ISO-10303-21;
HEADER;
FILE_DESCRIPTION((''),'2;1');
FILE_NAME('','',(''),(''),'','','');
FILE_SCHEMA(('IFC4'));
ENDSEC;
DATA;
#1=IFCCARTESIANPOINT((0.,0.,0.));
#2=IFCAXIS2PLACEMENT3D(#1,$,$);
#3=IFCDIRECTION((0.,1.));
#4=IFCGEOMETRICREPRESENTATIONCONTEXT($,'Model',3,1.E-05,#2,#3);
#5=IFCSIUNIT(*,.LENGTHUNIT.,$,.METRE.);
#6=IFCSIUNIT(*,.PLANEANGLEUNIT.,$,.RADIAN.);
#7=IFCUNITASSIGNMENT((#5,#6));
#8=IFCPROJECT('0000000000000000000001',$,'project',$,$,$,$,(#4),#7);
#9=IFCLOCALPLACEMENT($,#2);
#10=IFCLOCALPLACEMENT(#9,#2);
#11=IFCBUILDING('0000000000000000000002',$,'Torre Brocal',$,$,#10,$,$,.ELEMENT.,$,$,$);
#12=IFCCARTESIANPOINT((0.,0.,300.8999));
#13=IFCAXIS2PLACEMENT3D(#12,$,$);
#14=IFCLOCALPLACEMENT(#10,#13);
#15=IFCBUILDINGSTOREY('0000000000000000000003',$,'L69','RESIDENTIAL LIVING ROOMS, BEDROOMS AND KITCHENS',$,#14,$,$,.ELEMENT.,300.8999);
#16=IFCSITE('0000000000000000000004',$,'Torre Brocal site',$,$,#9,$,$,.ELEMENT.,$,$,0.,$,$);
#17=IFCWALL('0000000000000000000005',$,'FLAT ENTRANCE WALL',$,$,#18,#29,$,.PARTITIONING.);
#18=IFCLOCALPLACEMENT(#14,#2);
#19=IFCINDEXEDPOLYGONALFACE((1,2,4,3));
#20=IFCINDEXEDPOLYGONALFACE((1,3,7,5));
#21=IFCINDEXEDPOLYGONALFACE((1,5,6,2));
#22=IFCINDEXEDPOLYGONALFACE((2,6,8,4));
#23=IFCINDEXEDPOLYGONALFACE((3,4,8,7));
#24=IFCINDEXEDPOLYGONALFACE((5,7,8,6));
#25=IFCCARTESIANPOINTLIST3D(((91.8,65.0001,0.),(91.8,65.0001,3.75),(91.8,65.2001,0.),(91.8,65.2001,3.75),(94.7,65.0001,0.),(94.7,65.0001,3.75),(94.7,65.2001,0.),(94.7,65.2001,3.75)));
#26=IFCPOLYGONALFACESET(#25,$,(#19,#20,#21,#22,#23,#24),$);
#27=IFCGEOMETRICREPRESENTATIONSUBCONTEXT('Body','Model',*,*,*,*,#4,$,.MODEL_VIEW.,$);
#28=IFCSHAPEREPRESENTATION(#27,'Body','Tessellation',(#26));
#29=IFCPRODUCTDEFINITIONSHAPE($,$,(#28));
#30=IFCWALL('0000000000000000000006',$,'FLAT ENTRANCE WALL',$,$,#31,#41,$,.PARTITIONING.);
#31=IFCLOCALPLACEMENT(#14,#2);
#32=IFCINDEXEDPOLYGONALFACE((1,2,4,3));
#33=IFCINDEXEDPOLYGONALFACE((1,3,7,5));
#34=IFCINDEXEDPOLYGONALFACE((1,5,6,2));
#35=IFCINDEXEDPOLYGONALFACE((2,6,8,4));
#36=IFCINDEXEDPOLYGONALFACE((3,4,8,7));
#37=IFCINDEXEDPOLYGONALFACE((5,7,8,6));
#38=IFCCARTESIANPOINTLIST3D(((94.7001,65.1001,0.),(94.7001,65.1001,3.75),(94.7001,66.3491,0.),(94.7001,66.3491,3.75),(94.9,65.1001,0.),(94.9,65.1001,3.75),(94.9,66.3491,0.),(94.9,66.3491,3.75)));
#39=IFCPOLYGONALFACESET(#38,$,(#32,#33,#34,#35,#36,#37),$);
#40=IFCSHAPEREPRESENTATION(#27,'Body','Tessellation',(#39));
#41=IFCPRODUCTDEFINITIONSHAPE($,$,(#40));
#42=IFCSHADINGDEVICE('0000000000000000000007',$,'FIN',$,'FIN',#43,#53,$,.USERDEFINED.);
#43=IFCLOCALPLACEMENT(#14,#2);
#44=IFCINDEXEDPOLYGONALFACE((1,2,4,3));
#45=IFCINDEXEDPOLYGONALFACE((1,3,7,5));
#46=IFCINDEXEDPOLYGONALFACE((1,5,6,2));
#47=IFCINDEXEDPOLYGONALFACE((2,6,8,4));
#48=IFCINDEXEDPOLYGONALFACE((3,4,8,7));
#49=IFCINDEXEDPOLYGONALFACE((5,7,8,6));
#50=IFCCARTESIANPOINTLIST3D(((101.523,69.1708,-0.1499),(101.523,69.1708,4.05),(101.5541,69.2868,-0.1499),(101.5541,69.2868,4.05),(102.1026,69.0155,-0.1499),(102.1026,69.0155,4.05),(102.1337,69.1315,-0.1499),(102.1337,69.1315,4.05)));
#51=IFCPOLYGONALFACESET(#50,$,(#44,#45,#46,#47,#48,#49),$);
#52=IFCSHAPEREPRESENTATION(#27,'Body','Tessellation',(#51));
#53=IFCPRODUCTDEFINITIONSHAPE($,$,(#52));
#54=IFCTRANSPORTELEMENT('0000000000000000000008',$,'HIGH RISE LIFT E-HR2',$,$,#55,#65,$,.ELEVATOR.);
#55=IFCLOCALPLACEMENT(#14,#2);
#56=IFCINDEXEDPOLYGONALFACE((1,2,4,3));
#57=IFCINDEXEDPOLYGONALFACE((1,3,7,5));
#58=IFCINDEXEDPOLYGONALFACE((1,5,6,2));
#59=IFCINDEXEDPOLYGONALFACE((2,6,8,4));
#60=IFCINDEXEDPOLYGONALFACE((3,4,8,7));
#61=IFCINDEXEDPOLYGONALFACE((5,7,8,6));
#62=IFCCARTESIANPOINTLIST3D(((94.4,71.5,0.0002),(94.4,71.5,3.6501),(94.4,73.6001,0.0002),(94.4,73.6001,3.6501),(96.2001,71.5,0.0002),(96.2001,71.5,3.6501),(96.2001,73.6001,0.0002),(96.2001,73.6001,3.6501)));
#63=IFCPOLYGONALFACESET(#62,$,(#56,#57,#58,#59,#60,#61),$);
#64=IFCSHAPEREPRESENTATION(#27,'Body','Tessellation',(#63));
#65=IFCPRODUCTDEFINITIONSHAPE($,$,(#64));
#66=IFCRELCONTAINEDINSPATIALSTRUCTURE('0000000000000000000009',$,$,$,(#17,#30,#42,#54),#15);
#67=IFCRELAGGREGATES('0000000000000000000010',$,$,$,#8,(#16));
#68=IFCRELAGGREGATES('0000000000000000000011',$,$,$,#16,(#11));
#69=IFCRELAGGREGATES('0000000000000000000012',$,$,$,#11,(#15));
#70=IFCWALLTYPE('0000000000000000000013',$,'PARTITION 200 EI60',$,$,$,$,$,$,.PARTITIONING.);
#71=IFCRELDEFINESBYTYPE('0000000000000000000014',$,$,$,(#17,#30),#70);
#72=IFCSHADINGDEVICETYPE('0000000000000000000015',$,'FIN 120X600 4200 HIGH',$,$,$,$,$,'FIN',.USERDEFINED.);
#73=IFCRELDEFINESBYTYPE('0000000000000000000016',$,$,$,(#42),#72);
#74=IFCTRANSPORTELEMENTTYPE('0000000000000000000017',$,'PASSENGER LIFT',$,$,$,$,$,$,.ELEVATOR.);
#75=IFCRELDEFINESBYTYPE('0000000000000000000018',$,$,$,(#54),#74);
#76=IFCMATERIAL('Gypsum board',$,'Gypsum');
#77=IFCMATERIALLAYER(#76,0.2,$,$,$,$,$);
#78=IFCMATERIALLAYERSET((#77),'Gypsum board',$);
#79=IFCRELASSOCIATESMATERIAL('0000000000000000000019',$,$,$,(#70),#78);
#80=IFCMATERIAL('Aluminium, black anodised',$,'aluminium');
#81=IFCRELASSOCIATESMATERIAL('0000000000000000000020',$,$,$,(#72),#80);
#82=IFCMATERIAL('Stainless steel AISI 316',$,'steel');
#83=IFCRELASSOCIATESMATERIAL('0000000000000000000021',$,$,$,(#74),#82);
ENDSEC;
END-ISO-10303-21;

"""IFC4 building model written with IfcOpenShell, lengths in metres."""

from ifc_helpers import new_model, si_unit, direction, frame, frame_2d, origin, origin_2d, place, context, subcontext, project, spatial, rectangle, extrude, material, layer, layer_set, material_profile, profile_set, type_object, element, save


model = new_model("IFC4")

# Units and contexts
model_context = context("Model", 3, precision=1e-05, world=origin(), true_north=direction((0.0, 1.0)))
body_context = subcontext(model_context, "Body", "Model", "MODEL_VIEW")
ifc_project = project(units=[si_unit("LENGTHUNIT", "METRE"), si_unit("PLANEANGLEUNIT", "RADIAN")], contexts=[model_context])

# Site, building, storey
site_placement = place(None, origin())
site = spatial("IfcSite", under=ifc_project, at=site_placement, Name="Torre Brocal site", CompositionType="ELEMENT", RefElevation=0.0)
building_placement = place(site_placement, origin())
building = spatial("IfcBuilding", under=site, at=building_placement, Name="Torre Brocal", CompositionType="ELEMENT")
storey_placement = place(building_placement, frame((0.0, 0.0, 300.8999)))
storey = spatial("IfcBuildingStorey", under=building, at=storey_placement, Name="L69", Description="RESIDENTIAL LIVING ROOMS, BEDROOMS AND KITCHENS", CompositionType="ELEMENT", Elevation=300.8999)

# Walls
ifc_material_1 = material(Name="Gypsum board", Category="Gypsum")
ifc_layer_1 = layer(ifc_material_1, 0.2)
ifc_layer_set_1 = layer_set([ifc_layer_1], Name="Gypsum board")
wall_type_1 = type_object("IfcWallType", Name="PARTITION 200 EI60", PredefinedType="PARTITIONING", material=ifc_layer_set_1)
wall_1_placement = place(storey_placement, frame((91.8, 65.1001, 0.0), z_axis=(0.0, 0.0, 1.0), x_axis=(1.0, 0.0, 0.0)))
element("IfcWall", 1, at=wall_1_placement, inside=storey, type_object=wall_type_1, Name="FLAT ENTRANCE WALL", PredefinedType="PARTITIONING", context=body_context, shape_type="SweptSolid", body=[
    extrude(rectangle(XDim=2.8999, YDim=0.2, at=frame_2d((1.45, 0.0))), origin(), (0.0, 0.0, 1.0), 3.75),
])
wall_2_placement = place(storey_placement, frame((94.8, 65.1001, 0.0), z_axis=(0.0, 0.0, 1.0), x_axis=(0.0, 1.0, 0.0)))
element("IfcWall", 2, at=wall_2_placement, inside=storey, type_object=wall_type_1, Name="FLAT ENTRANCE WALL", PredefinedType="PARTITIONING", context=body_context, shape_type="SweptSolid", body=[
    extrude(rectangle(XDim=1.249, YDim=0.2, at=frame_2d((0.6245, 0.0))), origin(), (0.0, 0.0, 1.0), 3.75),
])

# Shading device
ifc_material_2 = material(Name="Aluminium, black anodised", Category="aluminium")
ifc_material_profile_1 = material_profile(ifc_material_2, rectangle(XDim=0.1201, YDim=0.6001, at=origin_2d()), Name="FIN 120X600 4200 HIGH")
ifc_profile_set_1 = profile_set([ifc_material_profile_1], Name="Aluminium, black anodised")
shading_device_type = type_object("IfcShadingDeviceType", Name="FIN 120X600 4200 HIGH", ElementType="FIN", PredefinedType="USERDEFINED", material=ifc_profile_set_1)
shading_device_placement = place(storey_placement, frame((101.8284, 69.1511, -0.1499), z_axis=(0.0, 0.0, 1.0), x_axis=(0.258819, 0.965926, 0.0)))
element("IfcShadingDevice", 3, at=shading_device_placement, inside=storey, type_object=shading_device_type, Name="FIN", ObjectType="FIN", PredefinedType="USERDEFINED", context=body_context, shape_type="SweptSolid", body=[
    extrude(rectangle(XDim=0.1201, YDim=0.6001, at=origin_2d()), origin(), (0.0, 0.0, 1.0), 4.2),
])

# Transport element
ifc_material_3 = material(Name="Stainless steel AISI 316", Category="steel")
transport_element_type = type_object("IfcTransportElementType", Name="PASSENGER LIFT", PredefinedType="ELEVATOR", material=ifc_material_3)
transport_element_placement = place(storey_placement, frame((95.3, 72.55, 0.0002), z_axis=(0.0, 0.0, 1.0), x_axis=(1.0, 0.0, 0.0)))
element("IfcTransportElement", 4, at=transport_element_placement, inside=storey, type_object=transport_element_type, Name="HIGH RISE LIFT E-HR2", PredefinedType="ELEVATOR", context=body_context, shape_type="SweptSolid", body=[
    extrude(rectangle(XDim=1.8, YDim=2.1001, at=origin_2d()), origin(), (0.0, 0.0, 1.0), 3.6499),
])

save(model, "model.ifc")
